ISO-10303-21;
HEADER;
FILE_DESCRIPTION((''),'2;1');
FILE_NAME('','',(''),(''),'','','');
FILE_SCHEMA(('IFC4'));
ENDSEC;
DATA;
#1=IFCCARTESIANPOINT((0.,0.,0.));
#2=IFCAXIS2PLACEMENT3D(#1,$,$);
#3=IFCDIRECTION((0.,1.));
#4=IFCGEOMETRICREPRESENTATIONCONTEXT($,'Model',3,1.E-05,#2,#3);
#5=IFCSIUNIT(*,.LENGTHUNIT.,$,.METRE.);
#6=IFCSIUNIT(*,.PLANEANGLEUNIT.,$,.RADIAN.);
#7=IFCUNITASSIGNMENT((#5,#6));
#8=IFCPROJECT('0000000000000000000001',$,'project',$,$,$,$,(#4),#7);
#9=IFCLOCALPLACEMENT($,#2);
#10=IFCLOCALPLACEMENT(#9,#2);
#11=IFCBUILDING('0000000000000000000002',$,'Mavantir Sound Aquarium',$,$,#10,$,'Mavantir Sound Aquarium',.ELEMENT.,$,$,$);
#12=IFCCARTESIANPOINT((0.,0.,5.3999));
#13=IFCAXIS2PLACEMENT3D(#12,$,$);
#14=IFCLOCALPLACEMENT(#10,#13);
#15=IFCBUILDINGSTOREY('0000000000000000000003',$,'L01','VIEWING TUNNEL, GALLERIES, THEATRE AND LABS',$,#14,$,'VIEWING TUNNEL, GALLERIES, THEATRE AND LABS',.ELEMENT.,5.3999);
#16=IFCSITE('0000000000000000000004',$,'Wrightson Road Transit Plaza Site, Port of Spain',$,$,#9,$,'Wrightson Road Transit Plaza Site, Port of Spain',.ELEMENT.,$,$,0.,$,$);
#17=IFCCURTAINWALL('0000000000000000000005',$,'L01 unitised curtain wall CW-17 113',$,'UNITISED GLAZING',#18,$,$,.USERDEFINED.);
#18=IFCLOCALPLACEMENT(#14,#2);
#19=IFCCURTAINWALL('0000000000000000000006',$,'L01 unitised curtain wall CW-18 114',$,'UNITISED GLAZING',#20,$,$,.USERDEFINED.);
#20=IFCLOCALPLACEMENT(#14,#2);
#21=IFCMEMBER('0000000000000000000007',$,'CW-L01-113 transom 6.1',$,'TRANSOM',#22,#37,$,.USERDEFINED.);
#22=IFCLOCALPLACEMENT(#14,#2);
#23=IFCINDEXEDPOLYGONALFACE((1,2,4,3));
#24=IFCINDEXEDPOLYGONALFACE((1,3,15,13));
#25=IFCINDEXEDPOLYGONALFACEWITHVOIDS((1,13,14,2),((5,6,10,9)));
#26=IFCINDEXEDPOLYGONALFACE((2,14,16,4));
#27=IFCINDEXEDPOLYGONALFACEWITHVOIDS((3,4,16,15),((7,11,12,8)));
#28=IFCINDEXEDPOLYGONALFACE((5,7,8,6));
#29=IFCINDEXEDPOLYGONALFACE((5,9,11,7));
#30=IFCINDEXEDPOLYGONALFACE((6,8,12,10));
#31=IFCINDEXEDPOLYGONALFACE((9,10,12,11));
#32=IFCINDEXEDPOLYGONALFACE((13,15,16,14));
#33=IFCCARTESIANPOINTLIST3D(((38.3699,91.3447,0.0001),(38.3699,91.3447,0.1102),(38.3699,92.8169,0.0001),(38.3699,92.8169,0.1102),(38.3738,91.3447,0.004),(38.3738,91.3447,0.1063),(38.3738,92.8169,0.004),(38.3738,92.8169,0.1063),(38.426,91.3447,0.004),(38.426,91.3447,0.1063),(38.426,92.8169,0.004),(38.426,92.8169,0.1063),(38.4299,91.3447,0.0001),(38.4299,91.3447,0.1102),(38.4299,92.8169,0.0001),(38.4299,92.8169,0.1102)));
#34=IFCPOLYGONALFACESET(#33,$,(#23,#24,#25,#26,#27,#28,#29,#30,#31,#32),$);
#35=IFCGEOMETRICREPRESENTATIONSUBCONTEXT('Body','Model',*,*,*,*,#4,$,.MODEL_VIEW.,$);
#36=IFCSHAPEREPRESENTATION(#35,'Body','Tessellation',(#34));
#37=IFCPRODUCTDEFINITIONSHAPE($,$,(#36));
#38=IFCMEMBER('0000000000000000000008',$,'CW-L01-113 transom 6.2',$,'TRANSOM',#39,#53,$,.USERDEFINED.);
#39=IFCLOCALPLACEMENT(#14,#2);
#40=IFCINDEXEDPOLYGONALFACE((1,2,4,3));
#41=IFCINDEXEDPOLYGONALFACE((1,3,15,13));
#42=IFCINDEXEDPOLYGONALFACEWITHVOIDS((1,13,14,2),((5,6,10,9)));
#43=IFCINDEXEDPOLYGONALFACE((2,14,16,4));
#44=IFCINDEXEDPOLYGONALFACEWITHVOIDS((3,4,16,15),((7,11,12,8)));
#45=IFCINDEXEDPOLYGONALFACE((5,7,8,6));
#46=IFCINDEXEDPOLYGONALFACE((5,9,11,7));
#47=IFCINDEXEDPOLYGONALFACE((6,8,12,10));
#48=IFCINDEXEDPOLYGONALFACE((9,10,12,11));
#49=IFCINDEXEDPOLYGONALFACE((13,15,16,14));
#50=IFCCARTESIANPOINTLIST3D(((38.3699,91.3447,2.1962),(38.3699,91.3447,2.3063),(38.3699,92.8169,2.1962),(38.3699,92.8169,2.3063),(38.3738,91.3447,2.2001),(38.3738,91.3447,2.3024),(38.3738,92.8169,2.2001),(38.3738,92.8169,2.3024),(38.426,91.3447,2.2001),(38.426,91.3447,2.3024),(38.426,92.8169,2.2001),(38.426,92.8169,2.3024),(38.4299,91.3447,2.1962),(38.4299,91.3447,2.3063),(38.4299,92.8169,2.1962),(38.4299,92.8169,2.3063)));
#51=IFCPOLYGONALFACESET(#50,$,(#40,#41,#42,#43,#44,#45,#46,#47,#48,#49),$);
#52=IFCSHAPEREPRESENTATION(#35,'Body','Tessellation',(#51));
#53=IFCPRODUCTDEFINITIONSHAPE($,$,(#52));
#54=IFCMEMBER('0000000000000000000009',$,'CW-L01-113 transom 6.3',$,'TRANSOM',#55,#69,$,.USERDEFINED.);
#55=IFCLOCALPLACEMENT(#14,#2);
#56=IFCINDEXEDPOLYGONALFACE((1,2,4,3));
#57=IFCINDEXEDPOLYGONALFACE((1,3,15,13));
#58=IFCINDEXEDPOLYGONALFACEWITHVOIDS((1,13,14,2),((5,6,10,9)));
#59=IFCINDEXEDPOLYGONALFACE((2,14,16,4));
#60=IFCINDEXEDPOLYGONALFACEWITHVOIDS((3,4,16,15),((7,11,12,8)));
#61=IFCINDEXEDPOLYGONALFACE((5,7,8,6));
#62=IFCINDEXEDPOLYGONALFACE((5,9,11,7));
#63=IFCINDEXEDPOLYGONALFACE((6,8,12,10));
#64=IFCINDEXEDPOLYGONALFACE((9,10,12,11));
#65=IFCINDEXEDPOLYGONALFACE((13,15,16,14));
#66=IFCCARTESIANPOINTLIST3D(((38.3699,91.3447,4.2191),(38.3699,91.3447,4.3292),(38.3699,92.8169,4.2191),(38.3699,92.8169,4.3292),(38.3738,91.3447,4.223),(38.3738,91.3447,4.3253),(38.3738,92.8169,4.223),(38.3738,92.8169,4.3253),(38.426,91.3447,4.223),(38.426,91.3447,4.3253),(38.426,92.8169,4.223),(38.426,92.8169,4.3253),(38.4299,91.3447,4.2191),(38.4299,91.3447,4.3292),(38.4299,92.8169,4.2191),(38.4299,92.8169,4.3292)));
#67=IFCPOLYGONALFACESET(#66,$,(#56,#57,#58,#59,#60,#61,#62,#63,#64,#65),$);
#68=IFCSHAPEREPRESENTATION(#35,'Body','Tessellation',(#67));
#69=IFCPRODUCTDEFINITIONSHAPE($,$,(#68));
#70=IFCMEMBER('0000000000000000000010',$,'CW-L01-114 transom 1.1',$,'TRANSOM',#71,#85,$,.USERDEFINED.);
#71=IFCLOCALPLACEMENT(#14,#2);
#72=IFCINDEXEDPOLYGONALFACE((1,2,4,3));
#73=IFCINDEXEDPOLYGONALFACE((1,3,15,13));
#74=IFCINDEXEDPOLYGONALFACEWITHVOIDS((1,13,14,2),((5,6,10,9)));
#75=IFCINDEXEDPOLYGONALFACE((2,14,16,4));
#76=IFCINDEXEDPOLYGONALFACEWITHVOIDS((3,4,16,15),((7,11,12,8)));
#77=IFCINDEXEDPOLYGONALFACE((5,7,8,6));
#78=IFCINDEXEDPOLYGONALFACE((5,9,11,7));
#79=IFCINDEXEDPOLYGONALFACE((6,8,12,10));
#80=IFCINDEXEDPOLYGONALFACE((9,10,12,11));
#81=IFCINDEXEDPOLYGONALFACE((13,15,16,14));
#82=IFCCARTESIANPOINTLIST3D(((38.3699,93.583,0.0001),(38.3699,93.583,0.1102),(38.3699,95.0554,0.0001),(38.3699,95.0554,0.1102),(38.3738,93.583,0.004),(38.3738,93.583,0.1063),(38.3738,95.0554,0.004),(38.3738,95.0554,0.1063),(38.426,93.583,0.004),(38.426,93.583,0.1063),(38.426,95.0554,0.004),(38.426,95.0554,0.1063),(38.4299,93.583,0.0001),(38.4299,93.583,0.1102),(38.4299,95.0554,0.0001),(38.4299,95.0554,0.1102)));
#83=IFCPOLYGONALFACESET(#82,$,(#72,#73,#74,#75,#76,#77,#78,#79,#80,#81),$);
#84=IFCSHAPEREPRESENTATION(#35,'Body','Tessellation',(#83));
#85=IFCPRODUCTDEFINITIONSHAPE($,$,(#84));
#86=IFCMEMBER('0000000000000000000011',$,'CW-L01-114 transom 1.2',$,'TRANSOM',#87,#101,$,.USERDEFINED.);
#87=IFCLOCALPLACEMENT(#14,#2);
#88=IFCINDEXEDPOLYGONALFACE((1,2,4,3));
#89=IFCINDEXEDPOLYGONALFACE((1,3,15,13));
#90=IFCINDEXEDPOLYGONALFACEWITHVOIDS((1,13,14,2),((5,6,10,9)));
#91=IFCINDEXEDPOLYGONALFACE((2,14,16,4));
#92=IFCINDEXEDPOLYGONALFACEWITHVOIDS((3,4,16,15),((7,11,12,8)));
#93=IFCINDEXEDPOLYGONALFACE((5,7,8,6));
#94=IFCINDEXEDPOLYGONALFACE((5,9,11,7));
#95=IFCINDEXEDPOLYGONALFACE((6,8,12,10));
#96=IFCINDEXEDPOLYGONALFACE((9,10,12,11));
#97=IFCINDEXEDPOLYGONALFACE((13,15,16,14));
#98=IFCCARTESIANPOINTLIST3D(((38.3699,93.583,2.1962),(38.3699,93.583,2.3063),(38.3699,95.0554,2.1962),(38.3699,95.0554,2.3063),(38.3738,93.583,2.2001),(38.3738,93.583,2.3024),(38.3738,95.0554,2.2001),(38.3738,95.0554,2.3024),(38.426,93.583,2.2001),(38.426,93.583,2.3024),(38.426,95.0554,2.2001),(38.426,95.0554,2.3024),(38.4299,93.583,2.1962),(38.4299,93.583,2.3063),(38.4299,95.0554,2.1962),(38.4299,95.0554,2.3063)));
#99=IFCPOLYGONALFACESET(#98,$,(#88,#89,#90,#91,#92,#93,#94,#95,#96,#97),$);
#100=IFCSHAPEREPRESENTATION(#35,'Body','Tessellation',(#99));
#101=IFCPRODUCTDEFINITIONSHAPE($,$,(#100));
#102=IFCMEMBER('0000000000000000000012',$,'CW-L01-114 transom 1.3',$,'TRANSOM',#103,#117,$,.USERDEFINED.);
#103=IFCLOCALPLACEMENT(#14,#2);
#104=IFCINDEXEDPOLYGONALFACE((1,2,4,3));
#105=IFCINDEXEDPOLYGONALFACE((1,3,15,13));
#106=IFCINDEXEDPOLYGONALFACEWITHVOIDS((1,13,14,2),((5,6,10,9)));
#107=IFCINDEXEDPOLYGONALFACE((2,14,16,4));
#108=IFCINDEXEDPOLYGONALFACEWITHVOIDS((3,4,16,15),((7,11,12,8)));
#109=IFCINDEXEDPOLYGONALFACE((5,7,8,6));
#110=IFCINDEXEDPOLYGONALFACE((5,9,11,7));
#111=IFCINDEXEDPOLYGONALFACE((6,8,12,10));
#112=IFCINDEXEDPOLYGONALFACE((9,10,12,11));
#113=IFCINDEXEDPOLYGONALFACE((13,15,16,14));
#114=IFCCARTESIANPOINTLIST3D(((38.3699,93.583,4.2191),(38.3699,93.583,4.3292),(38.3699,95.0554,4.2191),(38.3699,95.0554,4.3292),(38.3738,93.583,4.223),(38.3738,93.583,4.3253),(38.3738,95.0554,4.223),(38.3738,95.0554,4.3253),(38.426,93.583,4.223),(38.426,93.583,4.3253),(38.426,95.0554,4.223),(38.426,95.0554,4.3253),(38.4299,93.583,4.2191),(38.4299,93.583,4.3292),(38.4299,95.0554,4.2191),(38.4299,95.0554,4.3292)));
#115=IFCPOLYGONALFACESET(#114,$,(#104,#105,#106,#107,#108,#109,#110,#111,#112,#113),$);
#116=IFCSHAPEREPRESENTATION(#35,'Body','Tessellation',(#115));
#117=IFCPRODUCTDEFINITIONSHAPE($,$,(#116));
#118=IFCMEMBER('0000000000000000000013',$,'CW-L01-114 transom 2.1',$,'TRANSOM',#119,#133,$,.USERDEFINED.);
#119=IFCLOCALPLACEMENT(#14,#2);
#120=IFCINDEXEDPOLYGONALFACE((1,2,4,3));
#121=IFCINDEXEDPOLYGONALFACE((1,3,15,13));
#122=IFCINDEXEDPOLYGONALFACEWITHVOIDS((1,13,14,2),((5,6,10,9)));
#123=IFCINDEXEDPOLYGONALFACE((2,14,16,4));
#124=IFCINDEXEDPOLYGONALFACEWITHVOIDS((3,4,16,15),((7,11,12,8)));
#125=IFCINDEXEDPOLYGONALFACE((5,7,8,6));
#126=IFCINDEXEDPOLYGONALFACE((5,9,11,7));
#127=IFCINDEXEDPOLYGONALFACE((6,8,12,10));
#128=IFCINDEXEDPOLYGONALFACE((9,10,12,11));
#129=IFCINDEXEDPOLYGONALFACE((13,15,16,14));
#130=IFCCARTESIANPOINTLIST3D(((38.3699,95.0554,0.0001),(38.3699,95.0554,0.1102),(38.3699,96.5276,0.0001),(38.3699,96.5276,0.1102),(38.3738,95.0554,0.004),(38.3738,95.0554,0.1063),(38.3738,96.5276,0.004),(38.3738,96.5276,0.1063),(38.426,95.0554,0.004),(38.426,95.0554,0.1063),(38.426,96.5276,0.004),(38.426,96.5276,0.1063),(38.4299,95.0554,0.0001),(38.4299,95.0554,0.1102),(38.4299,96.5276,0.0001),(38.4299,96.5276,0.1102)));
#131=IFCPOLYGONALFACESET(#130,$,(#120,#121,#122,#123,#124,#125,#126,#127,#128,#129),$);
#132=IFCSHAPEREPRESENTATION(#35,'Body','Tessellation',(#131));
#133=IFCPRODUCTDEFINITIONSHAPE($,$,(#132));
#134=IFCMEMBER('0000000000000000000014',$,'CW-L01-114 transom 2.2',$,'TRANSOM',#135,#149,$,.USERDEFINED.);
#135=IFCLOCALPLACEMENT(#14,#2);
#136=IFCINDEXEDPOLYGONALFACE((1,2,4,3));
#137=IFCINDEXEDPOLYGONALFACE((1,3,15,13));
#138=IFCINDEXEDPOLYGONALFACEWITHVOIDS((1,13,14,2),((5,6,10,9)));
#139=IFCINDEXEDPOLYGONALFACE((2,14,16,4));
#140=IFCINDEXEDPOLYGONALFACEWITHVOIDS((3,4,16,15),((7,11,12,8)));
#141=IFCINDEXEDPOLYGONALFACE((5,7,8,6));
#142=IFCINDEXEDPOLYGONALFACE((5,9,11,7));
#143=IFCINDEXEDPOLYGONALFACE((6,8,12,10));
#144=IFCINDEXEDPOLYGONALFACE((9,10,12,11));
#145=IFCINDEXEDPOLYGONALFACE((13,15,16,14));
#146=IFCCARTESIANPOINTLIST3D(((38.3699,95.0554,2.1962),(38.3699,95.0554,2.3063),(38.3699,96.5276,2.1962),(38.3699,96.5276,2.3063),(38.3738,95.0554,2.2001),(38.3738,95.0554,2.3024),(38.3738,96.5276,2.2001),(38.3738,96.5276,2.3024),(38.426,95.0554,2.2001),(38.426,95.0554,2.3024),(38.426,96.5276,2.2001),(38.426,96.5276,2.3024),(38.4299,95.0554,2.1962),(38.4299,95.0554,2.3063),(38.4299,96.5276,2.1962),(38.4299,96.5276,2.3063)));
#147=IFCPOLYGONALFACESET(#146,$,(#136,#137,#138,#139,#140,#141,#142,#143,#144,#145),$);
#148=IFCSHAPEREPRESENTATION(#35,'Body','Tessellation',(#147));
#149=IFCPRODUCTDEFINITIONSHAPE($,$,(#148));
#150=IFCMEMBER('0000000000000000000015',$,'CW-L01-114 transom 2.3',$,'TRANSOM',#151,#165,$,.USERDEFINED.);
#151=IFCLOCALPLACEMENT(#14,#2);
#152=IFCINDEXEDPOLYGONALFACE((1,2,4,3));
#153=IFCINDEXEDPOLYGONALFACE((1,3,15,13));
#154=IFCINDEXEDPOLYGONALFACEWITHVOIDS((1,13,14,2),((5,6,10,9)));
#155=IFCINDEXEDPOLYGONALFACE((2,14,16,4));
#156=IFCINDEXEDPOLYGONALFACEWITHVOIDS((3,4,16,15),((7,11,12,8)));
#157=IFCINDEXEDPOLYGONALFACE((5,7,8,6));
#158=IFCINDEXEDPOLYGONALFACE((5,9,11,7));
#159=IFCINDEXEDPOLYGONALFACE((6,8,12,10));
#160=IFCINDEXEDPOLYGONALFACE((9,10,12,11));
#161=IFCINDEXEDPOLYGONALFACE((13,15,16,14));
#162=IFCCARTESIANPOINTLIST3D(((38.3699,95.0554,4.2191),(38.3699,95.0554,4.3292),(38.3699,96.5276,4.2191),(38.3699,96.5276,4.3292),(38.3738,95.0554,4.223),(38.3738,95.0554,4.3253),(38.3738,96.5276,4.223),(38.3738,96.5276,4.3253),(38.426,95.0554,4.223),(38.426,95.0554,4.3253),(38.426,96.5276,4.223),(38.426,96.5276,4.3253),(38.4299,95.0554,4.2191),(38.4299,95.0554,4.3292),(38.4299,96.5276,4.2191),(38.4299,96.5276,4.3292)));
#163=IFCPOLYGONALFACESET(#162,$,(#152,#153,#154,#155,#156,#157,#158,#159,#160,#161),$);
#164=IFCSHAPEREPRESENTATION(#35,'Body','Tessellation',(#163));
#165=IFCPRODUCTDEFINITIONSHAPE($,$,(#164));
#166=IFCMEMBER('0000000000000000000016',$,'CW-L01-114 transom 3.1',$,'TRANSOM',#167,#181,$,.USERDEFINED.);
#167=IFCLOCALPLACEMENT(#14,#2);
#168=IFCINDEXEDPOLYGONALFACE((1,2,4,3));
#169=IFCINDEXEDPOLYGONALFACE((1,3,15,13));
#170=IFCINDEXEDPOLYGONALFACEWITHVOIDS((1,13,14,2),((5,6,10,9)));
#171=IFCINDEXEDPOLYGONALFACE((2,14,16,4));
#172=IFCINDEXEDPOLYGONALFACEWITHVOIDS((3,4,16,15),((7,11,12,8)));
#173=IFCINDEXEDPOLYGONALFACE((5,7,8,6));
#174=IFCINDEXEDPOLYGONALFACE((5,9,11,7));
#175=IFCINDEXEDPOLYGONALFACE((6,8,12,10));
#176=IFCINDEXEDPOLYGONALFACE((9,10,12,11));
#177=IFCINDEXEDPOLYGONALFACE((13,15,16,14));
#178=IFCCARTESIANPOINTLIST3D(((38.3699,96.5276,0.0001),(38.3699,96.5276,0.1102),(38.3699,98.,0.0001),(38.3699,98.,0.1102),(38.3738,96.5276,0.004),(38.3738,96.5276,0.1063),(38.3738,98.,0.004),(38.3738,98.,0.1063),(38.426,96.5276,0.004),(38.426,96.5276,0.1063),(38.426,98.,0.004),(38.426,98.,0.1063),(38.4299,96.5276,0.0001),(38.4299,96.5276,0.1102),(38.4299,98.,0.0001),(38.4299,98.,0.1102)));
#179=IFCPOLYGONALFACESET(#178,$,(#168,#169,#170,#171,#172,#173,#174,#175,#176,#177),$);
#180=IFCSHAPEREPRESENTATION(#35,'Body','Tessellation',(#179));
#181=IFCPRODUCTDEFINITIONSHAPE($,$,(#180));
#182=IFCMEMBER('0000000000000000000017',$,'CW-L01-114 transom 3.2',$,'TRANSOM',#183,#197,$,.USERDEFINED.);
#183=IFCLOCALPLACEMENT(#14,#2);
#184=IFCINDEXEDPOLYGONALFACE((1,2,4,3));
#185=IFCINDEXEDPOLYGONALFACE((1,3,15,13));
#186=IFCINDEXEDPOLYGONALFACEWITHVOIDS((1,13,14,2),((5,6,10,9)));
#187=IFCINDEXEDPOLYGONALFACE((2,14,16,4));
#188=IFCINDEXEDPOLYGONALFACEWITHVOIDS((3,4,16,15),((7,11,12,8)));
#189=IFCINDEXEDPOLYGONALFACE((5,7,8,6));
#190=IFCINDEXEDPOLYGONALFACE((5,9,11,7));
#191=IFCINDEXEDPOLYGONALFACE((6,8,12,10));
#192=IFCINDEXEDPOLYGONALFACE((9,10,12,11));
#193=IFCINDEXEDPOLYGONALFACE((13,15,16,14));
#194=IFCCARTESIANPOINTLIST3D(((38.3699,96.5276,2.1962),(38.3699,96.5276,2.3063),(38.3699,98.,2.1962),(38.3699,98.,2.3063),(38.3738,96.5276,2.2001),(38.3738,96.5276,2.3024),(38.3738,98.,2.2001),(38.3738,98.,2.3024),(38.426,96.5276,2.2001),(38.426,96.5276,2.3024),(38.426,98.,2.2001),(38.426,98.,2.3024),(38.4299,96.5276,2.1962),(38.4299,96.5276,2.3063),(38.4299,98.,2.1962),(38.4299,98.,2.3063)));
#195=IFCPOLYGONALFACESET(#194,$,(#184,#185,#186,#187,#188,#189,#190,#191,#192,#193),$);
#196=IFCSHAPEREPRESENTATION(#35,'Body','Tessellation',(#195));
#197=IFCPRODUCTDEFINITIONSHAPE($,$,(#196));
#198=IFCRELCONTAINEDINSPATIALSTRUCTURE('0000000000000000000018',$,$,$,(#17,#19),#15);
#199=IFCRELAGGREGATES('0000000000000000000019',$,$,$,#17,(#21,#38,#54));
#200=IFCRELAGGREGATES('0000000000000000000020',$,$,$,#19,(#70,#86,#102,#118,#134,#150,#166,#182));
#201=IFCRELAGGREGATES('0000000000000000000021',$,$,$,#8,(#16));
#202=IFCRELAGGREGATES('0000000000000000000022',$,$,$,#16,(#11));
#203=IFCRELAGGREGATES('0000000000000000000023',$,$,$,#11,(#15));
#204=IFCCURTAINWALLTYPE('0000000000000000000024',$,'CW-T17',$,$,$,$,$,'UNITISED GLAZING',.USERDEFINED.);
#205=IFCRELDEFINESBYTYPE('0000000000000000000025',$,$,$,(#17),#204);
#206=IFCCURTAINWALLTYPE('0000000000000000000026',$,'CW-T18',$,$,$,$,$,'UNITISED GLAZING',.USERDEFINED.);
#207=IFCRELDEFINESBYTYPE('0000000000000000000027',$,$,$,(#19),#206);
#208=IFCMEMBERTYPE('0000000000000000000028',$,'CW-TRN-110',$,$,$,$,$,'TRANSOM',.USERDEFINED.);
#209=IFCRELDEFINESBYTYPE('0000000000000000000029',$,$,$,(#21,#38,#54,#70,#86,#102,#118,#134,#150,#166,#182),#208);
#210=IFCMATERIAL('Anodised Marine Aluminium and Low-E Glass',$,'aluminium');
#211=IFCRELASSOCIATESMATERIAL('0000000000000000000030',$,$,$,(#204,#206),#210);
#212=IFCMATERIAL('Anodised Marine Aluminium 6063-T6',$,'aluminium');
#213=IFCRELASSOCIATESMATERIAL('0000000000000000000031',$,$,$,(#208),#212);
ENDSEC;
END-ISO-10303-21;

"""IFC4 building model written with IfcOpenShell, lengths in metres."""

from ifc_helpers import new_model, si_unit, direction, frame, origin, origin_2d, place, context, subcontext, project, spatial, hollow_rectangle, extrude, material, material_profile, profile_set, type_object, element, aggregate, save


model = new_model("IFC4")

# Units and contexts
model_context = context("Model", 3, precision=1e-05, world=origin(), true_north=direction((0.0, 1.0)))
body_context = subcontext(model_context, "Body", "Model", "MODEL_VIEW")
ifc_project = project(units=[si_unit("LENGTHUNIT", "METRE"), si_unit("PLANEANGLEUNIT", "RADIAN")], contexts=[model_context])

# Site, building, storey
site_placement = place(None, origin())
site = spatial("IfcSite", under=ifc_project, at=site_placement, Name="Wrightson Road Transit Plaza Site, Port of Spain", LongName="Wrightson Road Transit Plaza Site, Port of Spain", CompositionType="ELEMENT", RefElevation=0.0)
building_placement = place(site_placement, origin())
building = spatial("IfcBuilding", under=site, at=building_placement, Name="Mavantir Sound Aquarium", LongName="Mavantir Sound Aquarium", CompositionType="ELEMENT")
storey_placement = place(building_placement, frame((0.0, 0.0, 5.3999)))
storey = spatial("IfcBuildingStorey", under=building, at=storey_placement, Name="L01", Description="VIEWING TUNNEL, GALLERIES, THEATRE AND LABS", LongName="VIEWING TUNNEL, GALLERIES, THEATRE AND LABS", CompositionType="ELEMENT", Elevation=5.3999)

# Curtain walls
ifc_material_1 = material(Name="Anodised Marine Aluminium and Low-E Glass", Category="aluminium")
curtain_wall_type_1 = type_object("IfcCurtainWallType", Name="CW-T17", ElementType="UNITISED GLAZING", PredefinedType="USERDEFINED", material=ifc_material_1)
curtain_wall_1_placement = place(storey_placement, origin())
curtain_wall_1 = element("IfcCurtainWall", 1, at=curtain_wall_1_placement, inside=storey, type_object=curtain_wall_type_1, Name="L01 unitised curtain wall CW-17 113", ObjectType="UNITISED GLAZING", PredefinedType="USERDEFINED")
ifc_material_2 = material(Name="Anodised Marine Aluminium 6063-T6", Category="aluminium")
curtain_wall_type_2 = type_object("IfcCurtainWallType", Name="CW-T18", ElementType="UNITISED GLAZING", PredefinedType="USERDEFINED", material=ifc_material_1)
curtain_wall_2_placement = place(storey_placement, origin())
curtain_wall_2 = element("IfcCurtainWall", 2, at=curtain_wall_2_placement, inside=storey, type_object=curtain_wall_type_2, Name="L01 unitised curtain wall CW-18 114", ObjectType="UNITISED GLAZING", PredefinedType="USERDEFINED")

# Members
ifc_material_profile_1 = material_profile(ifc_material_2, hollow_rectangle(XDim=0.0601, YDim=0.1101, WallThickness=0.0039, at=origin_2d()), Name="ALU-TRANSOM-110X60")
ifc_profile_set_1 = profile_set([ifc_material_profile_1], Name="Anodised Marine Aluminium 6063-T6")
member_type_1 = type_object("IfcMemberType", Name="CW-TRN-110", ElementType="TRANSOM", PredefinedType="USERDEFINED", material=ifc_profile_set_1)
member_1_placement = place(storey_placement, frame((38.3999, 91.3447, 0.0552), z_axis=(0.0, 1.0, 0.0), x_axis=(-1.0, 0.0, 0.0)))
member_1 = element("IfcMember", 3, at=member_1_placement, type_object=member_type_1, Name="CW-L01-113 transom 6.1", ObjectType="TRANSOM", PredefinedType="USERDEFINED", context=body_context, shape_type="SweptSolid", body=[
    extrude(hollow_rectangle(XDim=0.0601, YDim=0.1101, WallThickness=0.0039, at=origin_2d()), origin(), (0.0, 0.0, 1.0), 1.4722),
])
member_2_placement = place(storey_placement, frame((38.3999, 91.3447, 2.2512), z_axis=(0.0, 1.0, 0.0), x_axis=(-1.0, 0.0, 0.0)))
member_2 = element("IfcMember", 4, at=member_2_placement, type_object=member_type_1, Name="CW-L01-113 transom 6.2", ObjectType="TRANSOM", PredefinedType="USERDEFINED", context=body_context, shape_type="SweptSolid", body=[
    extrude(hollow_rectangle(XDim=0.0601, YDim=0.1101, WallThickness=0.0039, at=origin_2d()), origin(), (0.0, 0.0, 1.0), 1.4722),
])
member_3_placement = place(storey_placement, frame((38.3999, 91.3447, 4.2742), z_axis=(0.0, 1.0, 0.0), x_axis=(-1.0, 0.0, 0.0)))
member_3 = element("IfcMember", 5, at=member_3_placement, type_object=member_type_1, Name="CW-L01-113 transom 6.3", ObjectType="TRANSOM", PredefinedType="USERDEFINED", context=body_context, shape_type="SweptSolid", body=[
    extrude(hollow_rectangle(XDim=0.0601, YDim=0.1101, WallThickness=0.0039, at=origin_2d()), origin(), (0.0, 0.0, 1.0), 1.4722),
])
member_4_placement = place(storey_placement, frame((38.3999, 93.583, 0.0552), z_axis=(0.0, 1.0, 0.0), x_axis=(-1.0, 0.0, 0.0)))
member_4 = element("IfcMember", 6, at=member_4_placement, type_object=member_type_1, Name="CW-L01-114 transom 1.1", ObjectType="TRANSOM", PredefinedType="USERDEFINED", context=body_context, shape_type="SweptSolid", body=[
    extrude(hollow_rectangle(XDim=0.0601, YDim=0.1101, WallThickness=0.0039, at=origin_2d()), origin(), (0.0, 0.0, 1.0), 1.4724),
])
member_5_placement = place(storey_placement, frame((38.3999, 93.583, 2.2512), z_axis=(0.0, 1.0, 0.0), x_axis=(-1.0, 0.0, 0.0)))
member_5 = element("IfcMember", 7, at=member_5_placement, type_object=member_type_1, Name="CW-L01-114 transom 1.2", ObjectType="TRANSOM", PredefinedType="USERDEFINED", context=body_context, shape_type="SweptSolid", body=[
    extrude(hollow_rectangle(XDim=0.0601, YDim=0.1101, WallThickness=0.0039, at=origin_2d()), origin(), (0.0, 0.0, 1.0), 1.4724),
])
member_6_placement = place(storey_placement, frame((38.3999, 93.583, 4.2742), z_axis=(0.0, 1.0, 0.0), x_axis=(-1.0, 0.0, 0.0)))
member_6 = element("IfcMember", 8, at=member_6_placement, type_object=member_type_1, Name="CW-L01-114 transom 1.3", ObjectType="TRANSOM", PredefinedType="USERDEFINED", context=body_context, shape_type="SweptSolid", body=[
    extrude(hollow_rectangle(XDim=0.0601, YDim=0.1101, WallThickness=0.0039, at=origin_2d()), origin(), (0.0, 0.0, 1.0), 1.4724),
])
member_7_placement = place(storey_placement, frame((38.3999, 95.0554, 0.0552), z_axis=(0.0, 1.0, 0.0), x_axis=(-1.0, 0.0, 0.0)))
member_7 = element("IfcMember", 9, at=member_7_placement, type_object=member_type_1, Name="CW-L01-114 transom 2.1", ObjectType="TRANSOM", PredefinedType="USERDEFINED", context=body_context, shape_type="SweptSolid", body=[
    extrude(hollow_rectangle(XDim=0.0601, YDim=0.1101, WallThickness=0.0039, at=origin_2d()), origin(), (0.0, 0.0, 1.0), 1.4722),
])
member_8_placement = place(storey_placement, frame((38.3999, 95.0554, 2.2512), z_axis=(0.0, 1.0, 0.0), x_axis=(-1.0, 0.0, 0.0)))
member_8 = element("IfcMember", 10, at=member_8_placement, type_object=member_type_1, Name="CW-L01-114 transom 2.2", ObjectType="TRANSOM", PredefinedType="USERDEFINED", context=body_context, shape_type="SweptSolid", body=[
    extrude(hollow_rectangle(XDim=0.0601, YDim=0.1101, WallThickness=0.0039, at=origin_2d()), origin(), (0.0, 0.0, 1.0), 1.4722),
])
member_9_placement = place(storey_placement, frame((38.3999, 95.0554, 4.2742), z_axis=(0.0, 1.0, 0.0), x_axis=(-1.0, 0.0, 0.0)))
member_9 = element("IfcMember", 11, at=member_9_placement, type_object=member_type_1, Name="CW-L01-114 transom 2.3", ObjectType="TRANSOM", PredefinedType="USERDEFINED", context=body_context, shape_type="SweptSolid", body=[
    extrude(hollow_rectangle(XDim=0.0601, YDim=0.1101, WallThickness=0.0039, at=origin_2d()), origin(), (0.0, 0.0, 1.0), 1.4722),
])
member_10_placement = place(storey_placement, frame((38.3999, 96.5276, 0.0552), z_axis=(0.0, 1.0, 0.0), x_axis=(-1.0, 0.0, 0.0)))
member_10 = element("IfcMember", 12, at=member_10_placement, type_object=member_type_1, Name="CW-L01-114 transom 3.1", ObjectType="TRANSOM", PredefinedType="USERDEFINED", context=body_context, shape_type="SweptSolid", body=[
    extrude(hollow_rectangle(XDim=0.0601, YDim=0.1101, WallThickness=0.0039, at=origin_2d()), origin(), (0.0, 0.0, 1.0), 1.4724),
])
member_11_placement = place(storey_placement, frame((38.3999, 96.5276, 2.2512), z_axis=(0.0, 1.0, 0.0), x_axis=(-1.0, 0.0, 0.0)))
member_11 = element("IfcMember", 13, at=member_11_placement, type_object=member_type_1, Name="CW-L01-114 transom 3.2", ObjectType="TRANSOM", PredefinedType="USERDEFINED", context=body_context, shape_type="SweptSolid", body=[
    extrude(hollow_rectangle(XDim=0.0601, YDim=0.1101, WallThickness=0.0039, at=origin_2d()), origin(), (0.0, 0.0, 1.0), 1.4724),
])

aggregate(curtain_wall_1, [member_1, member_2, member_3])
aggregate(curtain_wall_2, [member_4, member_5, member_6, member_7, member_8, member_9, member_10, member_11])

save(model, "model.ifc")
